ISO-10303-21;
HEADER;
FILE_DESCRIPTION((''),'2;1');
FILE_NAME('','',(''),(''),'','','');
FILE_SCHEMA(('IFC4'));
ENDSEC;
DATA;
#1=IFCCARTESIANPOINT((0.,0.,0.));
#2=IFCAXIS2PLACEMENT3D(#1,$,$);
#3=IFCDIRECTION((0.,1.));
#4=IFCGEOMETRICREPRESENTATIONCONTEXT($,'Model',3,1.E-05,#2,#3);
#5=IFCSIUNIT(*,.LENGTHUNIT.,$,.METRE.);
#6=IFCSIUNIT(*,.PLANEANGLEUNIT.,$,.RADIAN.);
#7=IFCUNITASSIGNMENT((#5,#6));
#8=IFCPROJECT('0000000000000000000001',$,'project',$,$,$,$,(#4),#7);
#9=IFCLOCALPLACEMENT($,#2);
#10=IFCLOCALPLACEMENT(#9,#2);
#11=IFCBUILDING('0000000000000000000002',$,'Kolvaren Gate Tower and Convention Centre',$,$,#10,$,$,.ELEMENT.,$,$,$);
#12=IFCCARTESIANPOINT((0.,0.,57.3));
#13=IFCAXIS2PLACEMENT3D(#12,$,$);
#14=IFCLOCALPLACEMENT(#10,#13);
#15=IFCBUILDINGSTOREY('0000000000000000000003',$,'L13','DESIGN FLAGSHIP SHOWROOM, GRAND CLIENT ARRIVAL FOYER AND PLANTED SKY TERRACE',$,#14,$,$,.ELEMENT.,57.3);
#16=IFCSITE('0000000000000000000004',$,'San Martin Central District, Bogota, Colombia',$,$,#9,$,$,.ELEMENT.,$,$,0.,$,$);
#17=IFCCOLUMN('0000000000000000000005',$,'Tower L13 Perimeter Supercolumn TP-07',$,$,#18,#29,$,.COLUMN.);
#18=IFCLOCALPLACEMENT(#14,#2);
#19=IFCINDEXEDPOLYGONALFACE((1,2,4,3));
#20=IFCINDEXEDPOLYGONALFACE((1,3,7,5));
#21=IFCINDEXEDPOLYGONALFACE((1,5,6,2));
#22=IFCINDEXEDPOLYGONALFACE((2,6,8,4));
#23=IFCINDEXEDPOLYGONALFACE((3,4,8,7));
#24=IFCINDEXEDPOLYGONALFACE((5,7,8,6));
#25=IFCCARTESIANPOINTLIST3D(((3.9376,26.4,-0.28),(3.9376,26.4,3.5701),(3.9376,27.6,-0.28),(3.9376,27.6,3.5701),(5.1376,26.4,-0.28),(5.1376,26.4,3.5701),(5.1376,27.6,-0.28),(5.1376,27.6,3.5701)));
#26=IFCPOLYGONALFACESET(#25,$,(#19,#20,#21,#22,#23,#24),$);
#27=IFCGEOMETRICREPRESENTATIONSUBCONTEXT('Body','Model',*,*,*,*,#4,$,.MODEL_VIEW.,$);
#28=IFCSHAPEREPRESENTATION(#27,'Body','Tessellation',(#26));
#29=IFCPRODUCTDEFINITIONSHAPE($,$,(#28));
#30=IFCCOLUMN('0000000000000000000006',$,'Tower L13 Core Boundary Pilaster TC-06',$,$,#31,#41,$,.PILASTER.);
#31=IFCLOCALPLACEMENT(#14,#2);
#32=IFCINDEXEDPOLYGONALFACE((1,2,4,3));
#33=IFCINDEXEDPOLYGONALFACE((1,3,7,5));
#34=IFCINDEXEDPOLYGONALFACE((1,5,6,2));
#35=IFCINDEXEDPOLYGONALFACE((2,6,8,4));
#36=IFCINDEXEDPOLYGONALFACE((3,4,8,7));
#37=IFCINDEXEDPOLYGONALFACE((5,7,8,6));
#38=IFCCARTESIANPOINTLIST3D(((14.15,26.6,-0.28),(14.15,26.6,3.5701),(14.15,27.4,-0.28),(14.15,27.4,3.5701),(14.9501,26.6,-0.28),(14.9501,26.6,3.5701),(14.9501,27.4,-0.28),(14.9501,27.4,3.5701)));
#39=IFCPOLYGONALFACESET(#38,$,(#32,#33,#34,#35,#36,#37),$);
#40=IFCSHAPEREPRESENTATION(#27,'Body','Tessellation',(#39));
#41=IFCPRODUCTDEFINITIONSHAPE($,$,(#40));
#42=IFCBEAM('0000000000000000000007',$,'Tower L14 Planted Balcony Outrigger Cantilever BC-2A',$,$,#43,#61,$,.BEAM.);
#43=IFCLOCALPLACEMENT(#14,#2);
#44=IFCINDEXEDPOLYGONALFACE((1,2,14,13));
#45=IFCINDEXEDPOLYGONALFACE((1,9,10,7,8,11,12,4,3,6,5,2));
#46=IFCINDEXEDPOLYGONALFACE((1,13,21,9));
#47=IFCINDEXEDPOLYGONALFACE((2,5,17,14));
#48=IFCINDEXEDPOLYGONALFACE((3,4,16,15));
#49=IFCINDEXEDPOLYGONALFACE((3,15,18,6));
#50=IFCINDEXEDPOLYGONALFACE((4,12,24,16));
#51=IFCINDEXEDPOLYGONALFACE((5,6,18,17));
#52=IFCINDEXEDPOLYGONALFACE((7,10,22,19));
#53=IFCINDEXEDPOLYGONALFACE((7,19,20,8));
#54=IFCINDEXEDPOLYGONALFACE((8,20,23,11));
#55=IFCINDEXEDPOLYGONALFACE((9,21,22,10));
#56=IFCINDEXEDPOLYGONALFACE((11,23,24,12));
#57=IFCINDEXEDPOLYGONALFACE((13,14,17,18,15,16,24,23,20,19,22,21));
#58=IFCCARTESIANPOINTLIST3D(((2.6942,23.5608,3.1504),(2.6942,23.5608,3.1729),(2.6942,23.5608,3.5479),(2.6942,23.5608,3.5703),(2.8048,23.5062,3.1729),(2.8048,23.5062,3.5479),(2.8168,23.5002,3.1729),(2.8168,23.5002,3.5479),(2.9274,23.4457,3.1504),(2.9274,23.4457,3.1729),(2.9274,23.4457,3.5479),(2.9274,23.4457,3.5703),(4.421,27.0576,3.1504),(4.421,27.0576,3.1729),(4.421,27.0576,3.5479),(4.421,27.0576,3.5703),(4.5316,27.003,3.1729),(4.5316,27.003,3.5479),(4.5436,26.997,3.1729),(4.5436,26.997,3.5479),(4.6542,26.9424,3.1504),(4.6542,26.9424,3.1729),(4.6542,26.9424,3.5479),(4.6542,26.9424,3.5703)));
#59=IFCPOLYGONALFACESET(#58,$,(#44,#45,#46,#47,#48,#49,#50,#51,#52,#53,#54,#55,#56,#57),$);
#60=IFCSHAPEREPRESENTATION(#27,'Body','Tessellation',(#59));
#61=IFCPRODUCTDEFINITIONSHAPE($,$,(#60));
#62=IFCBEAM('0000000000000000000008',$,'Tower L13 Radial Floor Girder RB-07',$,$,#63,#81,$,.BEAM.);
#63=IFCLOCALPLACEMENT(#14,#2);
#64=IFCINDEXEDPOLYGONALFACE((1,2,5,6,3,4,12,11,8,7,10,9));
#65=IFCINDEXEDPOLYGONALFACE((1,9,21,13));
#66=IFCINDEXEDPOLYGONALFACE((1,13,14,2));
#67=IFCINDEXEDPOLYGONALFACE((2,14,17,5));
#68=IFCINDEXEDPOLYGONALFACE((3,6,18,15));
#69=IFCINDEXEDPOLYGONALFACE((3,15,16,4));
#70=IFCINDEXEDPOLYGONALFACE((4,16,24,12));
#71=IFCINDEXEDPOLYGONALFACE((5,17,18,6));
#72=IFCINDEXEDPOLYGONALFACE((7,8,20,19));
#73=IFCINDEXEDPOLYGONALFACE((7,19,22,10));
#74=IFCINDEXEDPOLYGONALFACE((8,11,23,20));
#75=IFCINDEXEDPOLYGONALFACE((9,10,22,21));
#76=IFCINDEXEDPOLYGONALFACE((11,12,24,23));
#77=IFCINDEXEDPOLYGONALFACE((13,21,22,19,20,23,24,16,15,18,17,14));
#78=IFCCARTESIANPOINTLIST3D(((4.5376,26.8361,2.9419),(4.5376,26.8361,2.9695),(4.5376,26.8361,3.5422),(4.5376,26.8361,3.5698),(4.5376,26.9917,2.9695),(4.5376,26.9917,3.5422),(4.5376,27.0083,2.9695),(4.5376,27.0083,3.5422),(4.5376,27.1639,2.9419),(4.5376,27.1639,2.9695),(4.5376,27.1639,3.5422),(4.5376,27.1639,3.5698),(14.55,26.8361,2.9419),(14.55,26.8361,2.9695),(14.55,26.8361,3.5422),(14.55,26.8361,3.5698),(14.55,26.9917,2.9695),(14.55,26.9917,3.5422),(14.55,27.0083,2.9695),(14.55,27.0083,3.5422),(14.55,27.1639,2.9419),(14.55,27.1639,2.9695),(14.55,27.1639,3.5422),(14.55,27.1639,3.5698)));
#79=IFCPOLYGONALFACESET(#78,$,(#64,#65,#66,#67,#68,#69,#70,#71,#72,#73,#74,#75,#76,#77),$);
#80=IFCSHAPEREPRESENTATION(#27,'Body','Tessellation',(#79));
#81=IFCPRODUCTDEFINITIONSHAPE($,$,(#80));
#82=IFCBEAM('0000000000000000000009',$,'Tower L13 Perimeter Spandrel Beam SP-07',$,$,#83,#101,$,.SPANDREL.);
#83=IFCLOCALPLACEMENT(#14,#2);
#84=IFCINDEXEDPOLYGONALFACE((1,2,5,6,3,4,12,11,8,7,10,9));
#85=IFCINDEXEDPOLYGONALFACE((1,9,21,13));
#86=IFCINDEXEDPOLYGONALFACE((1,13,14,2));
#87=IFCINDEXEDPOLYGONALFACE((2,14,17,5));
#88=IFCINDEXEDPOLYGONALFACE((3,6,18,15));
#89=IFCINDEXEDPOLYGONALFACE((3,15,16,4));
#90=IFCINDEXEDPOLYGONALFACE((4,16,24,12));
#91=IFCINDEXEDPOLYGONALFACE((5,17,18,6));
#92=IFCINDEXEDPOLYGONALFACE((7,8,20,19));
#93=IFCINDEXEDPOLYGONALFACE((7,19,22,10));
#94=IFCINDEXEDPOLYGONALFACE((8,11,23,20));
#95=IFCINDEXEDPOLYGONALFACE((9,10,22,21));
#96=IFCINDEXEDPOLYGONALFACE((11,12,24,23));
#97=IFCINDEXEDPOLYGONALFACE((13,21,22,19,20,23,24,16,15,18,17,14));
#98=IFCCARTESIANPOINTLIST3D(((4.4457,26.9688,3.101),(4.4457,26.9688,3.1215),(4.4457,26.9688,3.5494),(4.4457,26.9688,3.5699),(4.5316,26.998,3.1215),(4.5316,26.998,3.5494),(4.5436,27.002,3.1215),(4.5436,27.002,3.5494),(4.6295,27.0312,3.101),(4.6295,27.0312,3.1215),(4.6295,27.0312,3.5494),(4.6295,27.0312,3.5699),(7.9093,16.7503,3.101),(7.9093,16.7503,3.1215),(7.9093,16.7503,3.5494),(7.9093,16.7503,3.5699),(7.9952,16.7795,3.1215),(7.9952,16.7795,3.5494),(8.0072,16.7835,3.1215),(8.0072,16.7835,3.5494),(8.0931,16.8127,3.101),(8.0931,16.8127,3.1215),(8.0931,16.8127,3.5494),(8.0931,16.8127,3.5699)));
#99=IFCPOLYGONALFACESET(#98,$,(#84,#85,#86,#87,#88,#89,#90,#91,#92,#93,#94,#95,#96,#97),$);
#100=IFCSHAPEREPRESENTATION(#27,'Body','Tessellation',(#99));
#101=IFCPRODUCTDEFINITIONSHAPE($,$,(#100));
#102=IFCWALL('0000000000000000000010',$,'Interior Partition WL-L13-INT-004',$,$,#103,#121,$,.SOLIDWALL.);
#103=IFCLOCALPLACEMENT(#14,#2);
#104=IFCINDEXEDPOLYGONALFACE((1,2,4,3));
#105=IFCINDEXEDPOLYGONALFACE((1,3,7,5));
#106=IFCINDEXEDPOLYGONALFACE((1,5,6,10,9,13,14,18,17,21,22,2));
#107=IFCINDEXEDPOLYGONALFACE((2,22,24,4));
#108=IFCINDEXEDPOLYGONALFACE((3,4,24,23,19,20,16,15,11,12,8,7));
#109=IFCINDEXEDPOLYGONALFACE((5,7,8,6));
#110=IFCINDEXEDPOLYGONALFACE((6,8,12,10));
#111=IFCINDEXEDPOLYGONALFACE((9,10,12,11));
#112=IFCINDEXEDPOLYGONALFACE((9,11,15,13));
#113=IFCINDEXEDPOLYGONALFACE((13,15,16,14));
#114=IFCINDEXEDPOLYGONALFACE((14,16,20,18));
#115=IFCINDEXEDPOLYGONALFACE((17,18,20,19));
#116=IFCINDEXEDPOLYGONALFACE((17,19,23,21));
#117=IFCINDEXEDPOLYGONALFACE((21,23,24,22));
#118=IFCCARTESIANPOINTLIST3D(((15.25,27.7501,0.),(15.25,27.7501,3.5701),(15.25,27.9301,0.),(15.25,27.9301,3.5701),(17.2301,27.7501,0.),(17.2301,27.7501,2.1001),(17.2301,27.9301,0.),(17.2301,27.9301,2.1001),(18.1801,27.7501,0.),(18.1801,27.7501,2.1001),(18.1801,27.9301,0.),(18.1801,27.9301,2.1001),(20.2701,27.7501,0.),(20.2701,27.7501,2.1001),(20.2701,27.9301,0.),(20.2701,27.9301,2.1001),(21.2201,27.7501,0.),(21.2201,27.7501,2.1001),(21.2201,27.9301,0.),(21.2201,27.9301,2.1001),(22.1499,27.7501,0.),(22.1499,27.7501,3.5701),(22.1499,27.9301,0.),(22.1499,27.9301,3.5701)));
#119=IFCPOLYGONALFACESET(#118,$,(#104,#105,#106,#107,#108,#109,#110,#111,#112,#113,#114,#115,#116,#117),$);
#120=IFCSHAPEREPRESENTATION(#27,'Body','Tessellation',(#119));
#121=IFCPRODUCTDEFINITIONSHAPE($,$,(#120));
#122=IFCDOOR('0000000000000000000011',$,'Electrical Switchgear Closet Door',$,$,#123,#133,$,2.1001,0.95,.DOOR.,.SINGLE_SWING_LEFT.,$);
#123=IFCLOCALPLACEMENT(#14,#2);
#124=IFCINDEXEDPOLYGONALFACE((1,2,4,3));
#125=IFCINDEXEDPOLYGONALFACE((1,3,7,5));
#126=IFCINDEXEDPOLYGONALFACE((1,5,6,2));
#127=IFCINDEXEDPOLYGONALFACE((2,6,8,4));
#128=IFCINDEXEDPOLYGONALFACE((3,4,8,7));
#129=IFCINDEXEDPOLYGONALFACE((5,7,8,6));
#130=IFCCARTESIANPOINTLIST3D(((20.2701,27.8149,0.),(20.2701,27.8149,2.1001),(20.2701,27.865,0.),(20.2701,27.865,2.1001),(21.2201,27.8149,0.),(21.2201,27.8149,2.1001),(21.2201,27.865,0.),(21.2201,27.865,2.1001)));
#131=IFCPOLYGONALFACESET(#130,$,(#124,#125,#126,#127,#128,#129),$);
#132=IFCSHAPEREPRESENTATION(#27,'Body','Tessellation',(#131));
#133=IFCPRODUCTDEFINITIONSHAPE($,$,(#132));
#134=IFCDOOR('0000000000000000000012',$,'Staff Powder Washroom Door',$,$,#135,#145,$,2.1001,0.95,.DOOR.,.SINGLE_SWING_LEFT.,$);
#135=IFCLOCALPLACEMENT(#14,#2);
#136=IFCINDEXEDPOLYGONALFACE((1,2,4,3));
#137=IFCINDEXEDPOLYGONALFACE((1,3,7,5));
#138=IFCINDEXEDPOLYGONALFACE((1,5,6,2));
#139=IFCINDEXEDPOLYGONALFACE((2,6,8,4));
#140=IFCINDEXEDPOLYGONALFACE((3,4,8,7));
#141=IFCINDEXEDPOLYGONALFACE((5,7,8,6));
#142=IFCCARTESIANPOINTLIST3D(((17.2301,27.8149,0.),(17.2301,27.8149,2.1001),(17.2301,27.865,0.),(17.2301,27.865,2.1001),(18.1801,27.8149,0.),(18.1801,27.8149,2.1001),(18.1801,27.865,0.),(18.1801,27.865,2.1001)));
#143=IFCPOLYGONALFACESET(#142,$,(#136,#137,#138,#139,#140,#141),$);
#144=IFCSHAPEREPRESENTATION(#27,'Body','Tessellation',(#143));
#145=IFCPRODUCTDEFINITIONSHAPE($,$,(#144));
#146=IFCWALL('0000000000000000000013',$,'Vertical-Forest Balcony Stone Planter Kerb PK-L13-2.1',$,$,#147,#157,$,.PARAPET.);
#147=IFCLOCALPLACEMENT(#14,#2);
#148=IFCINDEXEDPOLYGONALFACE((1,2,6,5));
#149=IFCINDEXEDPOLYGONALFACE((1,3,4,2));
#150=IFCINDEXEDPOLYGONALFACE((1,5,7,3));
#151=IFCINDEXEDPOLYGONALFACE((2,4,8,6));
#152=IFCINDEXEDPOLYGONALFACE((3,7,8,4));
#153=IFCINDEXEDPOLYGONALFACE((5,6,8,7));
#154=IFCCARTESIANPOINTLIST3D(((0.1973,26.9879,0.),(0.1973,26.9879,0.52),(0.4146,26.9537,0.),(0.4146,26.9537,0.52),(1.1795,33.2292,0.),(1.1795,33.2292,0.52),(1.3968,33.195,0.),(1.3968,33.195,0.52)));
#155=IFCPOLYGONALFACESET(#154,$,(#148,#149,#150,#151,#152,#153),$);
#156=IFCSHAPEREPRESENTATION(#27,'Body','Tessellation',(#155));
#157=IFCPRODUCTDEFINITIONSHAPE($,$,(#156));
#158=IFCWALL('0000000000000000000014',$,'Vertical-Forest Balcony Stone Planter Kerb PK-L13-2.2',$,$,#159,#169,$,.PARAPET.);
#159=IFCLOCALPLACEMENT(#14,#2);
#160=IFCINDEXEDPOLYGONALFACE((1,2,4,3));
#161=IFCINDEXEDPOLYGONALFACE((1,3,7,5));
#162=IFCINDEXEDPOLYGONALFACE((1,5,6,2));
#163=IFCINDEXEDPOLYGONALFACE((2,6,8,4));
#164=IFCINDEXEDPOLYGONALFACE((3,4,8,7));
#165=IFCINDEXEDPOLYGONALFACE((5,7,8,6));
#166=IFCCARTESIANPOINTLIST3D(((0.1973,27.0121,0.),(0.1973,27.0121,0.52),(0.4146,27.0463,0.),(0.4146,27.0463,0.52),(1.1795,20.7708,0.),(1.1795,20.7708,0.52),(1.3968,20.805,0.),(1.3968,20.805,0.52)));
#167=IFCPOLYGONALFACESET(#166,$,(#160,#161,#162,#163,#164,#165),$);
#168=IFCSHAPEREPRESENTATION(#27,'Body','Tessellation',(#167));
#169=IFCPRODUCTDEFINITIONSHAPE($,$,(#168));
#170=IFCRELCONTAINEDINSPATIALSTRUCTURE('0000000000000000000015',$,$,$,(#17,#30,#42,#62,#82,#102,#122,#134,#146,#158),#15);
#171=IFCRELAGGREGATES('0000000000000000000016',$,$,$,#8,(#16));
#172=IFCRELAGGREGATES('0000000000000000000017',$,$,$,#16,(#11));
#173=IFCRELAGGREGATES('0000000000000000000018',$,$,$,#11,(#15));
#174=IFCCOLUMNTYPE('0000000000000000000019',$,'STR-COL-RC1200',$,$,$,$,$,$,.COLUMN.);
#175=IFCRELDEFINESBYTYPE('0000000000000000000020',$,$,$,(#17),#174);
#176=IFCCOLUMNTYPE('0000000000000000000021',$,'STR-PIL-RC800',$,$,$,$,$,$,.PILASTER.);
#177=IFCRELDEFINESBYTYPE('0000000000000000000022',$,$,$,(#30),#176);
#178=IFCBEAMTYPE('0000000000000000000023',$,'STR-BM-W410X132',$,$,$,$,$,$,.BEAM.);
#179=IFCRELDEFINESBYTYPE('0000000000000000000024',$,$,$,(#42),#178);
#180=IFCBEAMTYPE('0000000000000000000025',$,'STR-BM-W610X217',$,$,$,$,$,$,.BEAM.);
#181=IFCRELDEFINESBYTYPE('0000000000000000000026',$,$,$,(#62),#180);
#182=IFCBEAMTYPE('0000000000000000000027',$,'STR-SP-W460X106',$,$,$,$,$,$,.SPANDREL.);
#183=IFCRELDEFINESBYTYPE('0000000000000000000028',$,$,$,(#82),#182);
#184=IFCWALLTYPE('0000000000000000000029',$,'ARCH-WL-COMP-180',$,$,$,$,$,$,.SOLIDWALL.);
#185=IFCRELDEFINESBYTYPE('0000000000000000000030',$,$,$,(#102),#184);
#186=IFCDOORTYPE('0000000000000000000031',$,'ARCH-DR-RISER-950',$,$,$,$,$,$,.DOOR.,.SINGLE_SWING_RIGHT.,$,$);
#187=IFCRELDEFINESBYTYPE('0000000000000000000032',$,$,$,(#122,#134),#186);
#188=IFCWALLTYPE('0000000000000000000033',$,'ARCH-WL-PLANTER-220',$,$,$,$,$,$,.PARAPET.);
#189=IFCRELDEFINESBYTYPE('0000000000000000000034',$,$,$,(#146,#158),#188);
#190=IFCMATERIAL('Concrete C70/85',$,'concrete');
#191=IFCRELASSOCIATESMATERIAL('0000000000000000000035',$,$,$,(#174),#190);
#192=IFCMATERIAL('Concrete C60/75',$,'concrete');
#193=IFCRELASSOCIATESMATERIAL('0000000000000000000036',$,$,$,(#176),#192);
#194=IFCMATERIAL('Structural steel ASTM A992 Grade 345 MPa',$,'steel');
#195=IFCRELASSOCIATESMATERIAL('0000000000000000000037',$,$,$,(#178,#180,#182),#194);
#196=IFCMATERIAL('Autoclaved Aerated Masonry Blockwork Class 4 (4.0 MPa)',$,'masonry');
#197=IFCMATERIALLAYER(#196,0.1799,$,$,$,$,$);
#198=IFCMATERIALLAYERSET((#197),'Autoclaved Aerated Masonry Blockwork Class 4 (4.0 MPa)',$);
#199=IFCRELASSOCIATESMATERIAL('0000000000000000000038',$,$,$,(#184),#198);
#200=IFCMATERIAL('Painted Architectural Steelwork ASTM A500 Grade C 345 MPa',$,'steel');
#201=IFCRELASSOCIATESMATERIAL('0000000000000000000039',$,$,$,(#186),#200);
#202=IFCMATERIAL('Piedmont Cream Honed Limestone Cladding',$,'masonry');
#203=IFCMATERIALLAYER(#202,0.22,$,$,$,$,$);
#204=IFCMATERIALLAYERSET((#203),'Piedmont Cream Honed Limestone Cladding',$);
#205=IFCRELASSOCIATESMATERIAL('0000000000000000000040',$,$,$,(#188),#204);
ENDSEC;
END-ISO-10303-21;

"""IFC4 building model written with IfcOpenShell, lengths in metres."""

from ifc_helpers import new_model, si_unit, direction, frame, frame_2d, origin, origin_2d, place, context, subcontext, project, spatial, rectangle, i_section, extrude, material, layer, layer_set, material_profile, profile_set, type_object, element, fill, save


model = new_model("IFC4")

# Units and contexts
model_context = context("Model", 3, precision=1e-05, world=origin(), true_north=direction((0.0, 1.0)))
body_context = subcontext(model_context, "Body", "Model", "MODEL_VIEW")
ifc_project = project(units=[si_unit("LENGTHUNIT", "METRE"), si_unit("PLANEANGLEUNIT", "RADIAN")], contexts=[model_context])

# Site, building, storey
site_placement = place(None, origin())
site = spatial("IfcSite", under=ifc_project, at=site_placement, Name="San Martin Central District, Bogota, Colombia", CompositionType="ELEMENT", RefElevation=0.0)
building_placement = place(site_placement, origin())
building = spatial("IfcBuilding", under=site, at=building_placement, Name="Kolvaren Gate Tower and Convention Centre", CompositionType="ELEMENT")
storey_placement = place(building_placement, frame((0.0, 0.0, 57.3)))
storey = spatial("IfcBuildingStorey", under=building, at=storey_placement, Name="L13", Description="DESIGN FLAGSHIP SHOWROOM, GRAND CLIENT ARRIVAL FOYER AND PLANTED SKY TERRACE", CompositionType="ELEMENT", Elevation=57.3)

# Columns
ifc_material_1 = material(Name="Concrete C70/85", Category="concrete")
ifc_material_profile_1 = material_profile(ifc_material_1, rectangle(XDim=1.2, YDim=1.2, at=origin_2d()), Name="RC-COL-1200X1200")
ifc_profile_set_1 = profile_set([ifc_material_profile_1], Name="Concrete C70/85")
column_type_1 = type_object("IfcColumnType", Name="STR-COL-RC1200", PredefinedType="COLUMN", material=ifc_profile_set_1)
column_1_placement = place(storey_placement, frame((4.5376, 27.0, -0.28), z_axis=(0.0, 0.0, 1.0), x_axis=(1.0, 0.0, 0.0)))
element("IfcColumn", 1, at=column_1_placement, inside=storey, type_object=column_type_1, Name="Tower L13 Perimeter Supercolumn TP-07", PredefinedType="COLUMN", context=body_context, shape_type="SweptSolid", body=[
    extrude(rectangle(XDim=1.2, YDim=1.2, at=origin_2d()), origin(), (0.0, 0.0, 1.0), 3.8501),
])
ifc_material_2 = material(Name="Concrete C60/75", Category="concrete")
ifc_material_profile_2 = material_profile(ifc_material_2, rectangle(XDim=0.8, YDim=0.8, at=origin_2d()), Name="RC-COL-800X800")
ifc_profile_set_2 = profile_set([ifc_material_profile_2], Name="Concrete C60/75")
column_type_2 = type_object("IfcColumnType", Name="STR-PIL-RC800", PredefinedType="PILASTER", material=ifc_profile_set_2)
column_2_placement = place(storey_placement, frame((14.55, 27.0, -0.28), z_axis=(0.0, 0.0, 1.0), x_axis=(1.0, 0.0, 0.0)))
element("IfcColumn", 2, at=column_2_placement, inside=storey, type_object=column_type_2, Name="Tower L13 Core Boundary Pilaster TC-06", PredefinedType="PILASTER", context=body_context, shape_type="SweptSolid", body=[
    extrude(rectangle(XDim=0.8, YDim=0.8, at=origin_2d()), origin(), (0.0, 0.0, 1.0), 3.8501),
])

# Beams
ifc_material_3 = material(Name="Structural steel ASTM A992 Grade 345 MPa", Category="steel")
ifc_material_profile_3 = material_profile(ifc_material_3, i_section(OverallWidth=0.26, OverallDepth=0.4199, WebThickness=0.0134, FlangeThickness=0.0225, at=origin_2d()), Name="W410X132")
ifc_profile_set_3 = profile_set([ifc_material_profile_3], Name="Structural steel ASTM A992 Grade 345 MPa")
beam_type_1 = type_object("IfcBeamType", Name="STR-BM-W410X132", PredefinedType="BEAM", material=ifc_profile_set_3)
beam_1_placement = place(storey_placement, frame((4.5376, 27.0, 3.3604), z_axis=(-0.442776, -0.896632, 0.0), x_axis=(0.896632, -0.442776, 0.0)))
element("IfcBeam", 3, at=beam_1_placement, inside=storey, type_object=beam_type_1, Name="Tower L14 Planted Balcony Outrigger Cantilever BC-2A", PredefinedType="BEAM", context=body_context, shape_type="SweptSolid", body=[
    extrude(i_section(OverallWidth=0.26, OverallDepth=0.4199, WebThickness=0.0134, FlangeThickness=0.0225, at=origin_2d()), origin(), (0.0, 0.0, 1.0), 3.8999),
])
ifc_material_profile_4 = material_profile(ifc_material_3, i_section(OverallWidth=0.3279, OverallDepth=0.6279, WebThickness=0.0166, FlangeThickness=0.0276, at=origin_2d()), Name="W610X217")
ifc_profile_set_4 = profile_set([ifc_material_profile_4], Name="Structural steel ASTM A992 Grade 345 MPa")
beam_type_2 = type_object("IfcBeamType", Name="STR-BM-W610X217", PredefinedType="BEAM", material=ifc_profile_set_4)
beam_2_placement = place(storey_placement, frame((14.55, 27.0, 3.2559), z_axis=(-1.0, 0.0, 0.0), x_axis=(0.0, -1.0, 0.0)))
element("IfcBeam", 4, at=beam_2_placement, inside=storey, type_object=beam_type_2, Name="Tower L13 Radial Floor Girder RB-07", PredefinedType="BEAM", context=body_context, shape_type="SweptSolid", body=[
    extrude(i_section(OverallWidth=0.3279, OverallDepth=0.6279, WebThickness=0.0166, FlangeThickness=0.0276, at=origin_2d()), origin(), (0.0, 0.0, 1.0), 10.0125),
])
ifc_material_profile_5 = material_profile(ifc_material_3, i_section(OverallWidth=0.1941, OverallDepth=0.469, WebThickness=0.0127, FlangeThickness=0.0205, at=origin_2d()), Name="W460X106")
ifc_profile_set_5 = profile_set([ifc_material_profile_5], Name="Structural steel ASTM A992 Grade 345 MPa")
beam_type_3 = type_object("IfcBeamType", Name="STR-SP-W460X106", PredefinedType="SPANDREL", material=ifc_profile_set_5)
beam_3_placement = place(storey_placement, frame((4.5376, 27.0, 3.3354), z_axis=(0.321016, -0.947074, 0.0), x_axis=(0.947074, 0.321016, 0.0)))
element("IfcBeam", 5, at=beam_3_placement, inside=storey, type_object=beam_type_3, Name="Tower L13 Perimeter Spandrel Beam SP-07", PredefinedType="SPANDREL", context=body_context, shape_type="SweptSolid", body=[
    extrude(i_section(OverallWidth=0.1941, OverallDepth=0.469, WebThickness=0.0127, FlangeThickness=0.0205, at=origin_2d()), origin(), (0.0, 0.0, 1.0), 10.7896),
])

# Wall, openings, doors
ifc_material_4 = material(Name="Autoclaved Aerated Masonry Blockwork Class 4 (4.0 MPa)", Category="masonry")
ifc_layer_1 = layer(ifc_material_4, 0.1799)
ifc_layer_set_1 = layer_set([ifc_layer_1], Name="Autoclaved Aerated Masonry Blockwork Class 4 (4.0 MPa)")
wall_type_1 = type_object("IfcWallType", Name="ARCH-WL-COMP-180", PredefinedType="SOLIDWALL", material=ifc_layer_set_1)
wall_1_placement = place(storey_placement, frame((15.25, 27.8401, 0.0), z_axis=(0.0, 0.0, 1.0), x_axis=(1.0, 0.0, 0.0)))
wall_1 = element("IfcWall", 6, at=wall_1_placement, inside=storey, type_object=wall_type_1, Name="Interior Partition WL-L13-INT-004", PredefinedType="SOLIDWALL", context=body_context, shape_type="SweptSolid", body=[
    extrude(rectangle(XDim=6.8999, YDim=0.1799, at=frame_2d((3.45, 0.0))), origin(), (0.0, 0.0, 1.0), 3.5701),
])
opening_1_placement = place(wall_1_placement, frame((5.02, 0.0, 0.0)))
opening_1 = element("IfcOpeningElement", 7, at=opening_1_placement, cuts=wall_1, PredefinedType="OPENING", context=body_context, shape_type="SweptSolid", body=[
    extrude(rectangle(XDim=0.95, YDim=2.1001, at=frame_2d((0.4751, 1.05))), frame((0.0, 0.0999, 0.0), z_axis=(0.0, -1.0, 0.0), x_axis=(1.0, 0.0, 0.0)), (0.0, 0.0, 1.0), 0.2),
])
opening_2_placement = place(wall_1_placement, frame((1.98, 0.0, 0.0)))
opening_2 = element("IfcOpeningElement", 8, at=opening_2_placement, cuts=wall_1, PredefinedType="OPENING", context=body_context, shape_type="SweptSolid", body=[
    extrude(rectangle(XDim=0.95, YDim=2.1001, at=frame_2d((0.4751, 1.05))), frame((0.0, 0.0999, 0.0), z_axis=(0.0, -1.0, 0.0), x_axis=(1.0, 0.0, 0.0)), (0.0, 0.0, 1.0), 0.2),
])
ifc_material_5 = material(Name="Painted Architectural Steelwork ASTM A500 Grade C 345 MPa", Category="steel")
door_type_1 = type_object("IfcDoorType", Name="ARCH-DR-RISER-950", OperationType="SINGLE_SWING_RIGHT", PredefinedType="DOOR", material=ifc_material_5)
door_1_placement = place(opening_1_placement, origin())
door_1 = element("IfcDoor", 9, at=door_1_placement, inside=storey, type_object=door_type_1, Name="Electrical Switchgear Closet Door", OperationType="SINGLE_SWING_LEFT", OverallHeight=2.1001, OverallWidth=0.95, PredefinedType="DOOR", context=body_context, shape_type="SweptSolid", body=[
    extrude(rectangle(XDim=0.95, YDim=2.1001, at=frame_2d((0.4751, 1.05))), frame((0.0, 0.0249, 0.0), z_axis=(0.0, -1.0, 0.0), x_axis=(1.0, 0.0, 0.0)), (0.0, 0.0, 1.0), 0.05),
])
fill(opening_1, door_1)
door_2_placement = place(opening_2_placement, origin())
door_2 = element("IfcDoor", 10, at=door_2_placement, inside=storey, type_object=door_type_1, Name="Staff Powder Washroom Door", OperationType="SINGLE_SWING_LEFT", OverallHeight=2.1001, OverallWidth=0.95, PredefinedType="DOOR", context=body_context, shape_type="SweptSolid", body=[
    extrude(rectangle(XDim=0.95, YDim=2.1001, at=frame_2d((0.4751, 1.05))), frame((0.0, 0.0249, 0.0), z_axis=(0.0, -1.0, 0.0), x_axis=(1.0, 0.0, 0.0)), (0.0, 0.0, 1.0), 0.05),
])
fill(opening_2, door_2)

# Walls
ifc_material_6 = material(Name="Piedmont Cream Honed Limestone Cladding", Category="masonry")
ifc_layer_2 = layer(ifc_material_6, 0.22)
ifc_layer_set_2 = layer_set([ifc_layer_2], Name="Piedmont Cream Honed Limestone Cladding")
wall_type_2 = type_object("IfcWallType", Name="ARCH-WL-PLANTER-220", PredefinedType="PARAPET", material=ifc_layer_set_2)
for number, where, z_axis, x_axis, name in (
    (11, (0.3059, 26.9707, 0.0), (0.0, 0.0, 1.0), (0.155457, 0.987843, 0.0), "Vertical-Forest Balcony Stone Planter Kerb PK-L13-2.1"),
    (12, (0.3059, 27.0293, 0.0), (0.0, 0.0, 1.0), (0.155457, -0.987843, 0.0), "Vertical-Forest Balcony Stone Planter Kerb PK-L13-2.2"),
):
    element("IfcWall", number, at=place(storey_placement, frame(where, z_axis=z_axis, x_axis=x_axis)), inside=storey, type_object=wall_type_2, Name=name, PredefinedType="PARAPET", context=body_context, shape_type="SweptSolid", body=[
        extrude(rectangle(XDim=6.3181, YDim=0.22, at=frame_2d((3.1592, 0.0))), origin(), (0.0, 0.0, 1.0), 0.52),
    ])

save(model, "model.ifc")
